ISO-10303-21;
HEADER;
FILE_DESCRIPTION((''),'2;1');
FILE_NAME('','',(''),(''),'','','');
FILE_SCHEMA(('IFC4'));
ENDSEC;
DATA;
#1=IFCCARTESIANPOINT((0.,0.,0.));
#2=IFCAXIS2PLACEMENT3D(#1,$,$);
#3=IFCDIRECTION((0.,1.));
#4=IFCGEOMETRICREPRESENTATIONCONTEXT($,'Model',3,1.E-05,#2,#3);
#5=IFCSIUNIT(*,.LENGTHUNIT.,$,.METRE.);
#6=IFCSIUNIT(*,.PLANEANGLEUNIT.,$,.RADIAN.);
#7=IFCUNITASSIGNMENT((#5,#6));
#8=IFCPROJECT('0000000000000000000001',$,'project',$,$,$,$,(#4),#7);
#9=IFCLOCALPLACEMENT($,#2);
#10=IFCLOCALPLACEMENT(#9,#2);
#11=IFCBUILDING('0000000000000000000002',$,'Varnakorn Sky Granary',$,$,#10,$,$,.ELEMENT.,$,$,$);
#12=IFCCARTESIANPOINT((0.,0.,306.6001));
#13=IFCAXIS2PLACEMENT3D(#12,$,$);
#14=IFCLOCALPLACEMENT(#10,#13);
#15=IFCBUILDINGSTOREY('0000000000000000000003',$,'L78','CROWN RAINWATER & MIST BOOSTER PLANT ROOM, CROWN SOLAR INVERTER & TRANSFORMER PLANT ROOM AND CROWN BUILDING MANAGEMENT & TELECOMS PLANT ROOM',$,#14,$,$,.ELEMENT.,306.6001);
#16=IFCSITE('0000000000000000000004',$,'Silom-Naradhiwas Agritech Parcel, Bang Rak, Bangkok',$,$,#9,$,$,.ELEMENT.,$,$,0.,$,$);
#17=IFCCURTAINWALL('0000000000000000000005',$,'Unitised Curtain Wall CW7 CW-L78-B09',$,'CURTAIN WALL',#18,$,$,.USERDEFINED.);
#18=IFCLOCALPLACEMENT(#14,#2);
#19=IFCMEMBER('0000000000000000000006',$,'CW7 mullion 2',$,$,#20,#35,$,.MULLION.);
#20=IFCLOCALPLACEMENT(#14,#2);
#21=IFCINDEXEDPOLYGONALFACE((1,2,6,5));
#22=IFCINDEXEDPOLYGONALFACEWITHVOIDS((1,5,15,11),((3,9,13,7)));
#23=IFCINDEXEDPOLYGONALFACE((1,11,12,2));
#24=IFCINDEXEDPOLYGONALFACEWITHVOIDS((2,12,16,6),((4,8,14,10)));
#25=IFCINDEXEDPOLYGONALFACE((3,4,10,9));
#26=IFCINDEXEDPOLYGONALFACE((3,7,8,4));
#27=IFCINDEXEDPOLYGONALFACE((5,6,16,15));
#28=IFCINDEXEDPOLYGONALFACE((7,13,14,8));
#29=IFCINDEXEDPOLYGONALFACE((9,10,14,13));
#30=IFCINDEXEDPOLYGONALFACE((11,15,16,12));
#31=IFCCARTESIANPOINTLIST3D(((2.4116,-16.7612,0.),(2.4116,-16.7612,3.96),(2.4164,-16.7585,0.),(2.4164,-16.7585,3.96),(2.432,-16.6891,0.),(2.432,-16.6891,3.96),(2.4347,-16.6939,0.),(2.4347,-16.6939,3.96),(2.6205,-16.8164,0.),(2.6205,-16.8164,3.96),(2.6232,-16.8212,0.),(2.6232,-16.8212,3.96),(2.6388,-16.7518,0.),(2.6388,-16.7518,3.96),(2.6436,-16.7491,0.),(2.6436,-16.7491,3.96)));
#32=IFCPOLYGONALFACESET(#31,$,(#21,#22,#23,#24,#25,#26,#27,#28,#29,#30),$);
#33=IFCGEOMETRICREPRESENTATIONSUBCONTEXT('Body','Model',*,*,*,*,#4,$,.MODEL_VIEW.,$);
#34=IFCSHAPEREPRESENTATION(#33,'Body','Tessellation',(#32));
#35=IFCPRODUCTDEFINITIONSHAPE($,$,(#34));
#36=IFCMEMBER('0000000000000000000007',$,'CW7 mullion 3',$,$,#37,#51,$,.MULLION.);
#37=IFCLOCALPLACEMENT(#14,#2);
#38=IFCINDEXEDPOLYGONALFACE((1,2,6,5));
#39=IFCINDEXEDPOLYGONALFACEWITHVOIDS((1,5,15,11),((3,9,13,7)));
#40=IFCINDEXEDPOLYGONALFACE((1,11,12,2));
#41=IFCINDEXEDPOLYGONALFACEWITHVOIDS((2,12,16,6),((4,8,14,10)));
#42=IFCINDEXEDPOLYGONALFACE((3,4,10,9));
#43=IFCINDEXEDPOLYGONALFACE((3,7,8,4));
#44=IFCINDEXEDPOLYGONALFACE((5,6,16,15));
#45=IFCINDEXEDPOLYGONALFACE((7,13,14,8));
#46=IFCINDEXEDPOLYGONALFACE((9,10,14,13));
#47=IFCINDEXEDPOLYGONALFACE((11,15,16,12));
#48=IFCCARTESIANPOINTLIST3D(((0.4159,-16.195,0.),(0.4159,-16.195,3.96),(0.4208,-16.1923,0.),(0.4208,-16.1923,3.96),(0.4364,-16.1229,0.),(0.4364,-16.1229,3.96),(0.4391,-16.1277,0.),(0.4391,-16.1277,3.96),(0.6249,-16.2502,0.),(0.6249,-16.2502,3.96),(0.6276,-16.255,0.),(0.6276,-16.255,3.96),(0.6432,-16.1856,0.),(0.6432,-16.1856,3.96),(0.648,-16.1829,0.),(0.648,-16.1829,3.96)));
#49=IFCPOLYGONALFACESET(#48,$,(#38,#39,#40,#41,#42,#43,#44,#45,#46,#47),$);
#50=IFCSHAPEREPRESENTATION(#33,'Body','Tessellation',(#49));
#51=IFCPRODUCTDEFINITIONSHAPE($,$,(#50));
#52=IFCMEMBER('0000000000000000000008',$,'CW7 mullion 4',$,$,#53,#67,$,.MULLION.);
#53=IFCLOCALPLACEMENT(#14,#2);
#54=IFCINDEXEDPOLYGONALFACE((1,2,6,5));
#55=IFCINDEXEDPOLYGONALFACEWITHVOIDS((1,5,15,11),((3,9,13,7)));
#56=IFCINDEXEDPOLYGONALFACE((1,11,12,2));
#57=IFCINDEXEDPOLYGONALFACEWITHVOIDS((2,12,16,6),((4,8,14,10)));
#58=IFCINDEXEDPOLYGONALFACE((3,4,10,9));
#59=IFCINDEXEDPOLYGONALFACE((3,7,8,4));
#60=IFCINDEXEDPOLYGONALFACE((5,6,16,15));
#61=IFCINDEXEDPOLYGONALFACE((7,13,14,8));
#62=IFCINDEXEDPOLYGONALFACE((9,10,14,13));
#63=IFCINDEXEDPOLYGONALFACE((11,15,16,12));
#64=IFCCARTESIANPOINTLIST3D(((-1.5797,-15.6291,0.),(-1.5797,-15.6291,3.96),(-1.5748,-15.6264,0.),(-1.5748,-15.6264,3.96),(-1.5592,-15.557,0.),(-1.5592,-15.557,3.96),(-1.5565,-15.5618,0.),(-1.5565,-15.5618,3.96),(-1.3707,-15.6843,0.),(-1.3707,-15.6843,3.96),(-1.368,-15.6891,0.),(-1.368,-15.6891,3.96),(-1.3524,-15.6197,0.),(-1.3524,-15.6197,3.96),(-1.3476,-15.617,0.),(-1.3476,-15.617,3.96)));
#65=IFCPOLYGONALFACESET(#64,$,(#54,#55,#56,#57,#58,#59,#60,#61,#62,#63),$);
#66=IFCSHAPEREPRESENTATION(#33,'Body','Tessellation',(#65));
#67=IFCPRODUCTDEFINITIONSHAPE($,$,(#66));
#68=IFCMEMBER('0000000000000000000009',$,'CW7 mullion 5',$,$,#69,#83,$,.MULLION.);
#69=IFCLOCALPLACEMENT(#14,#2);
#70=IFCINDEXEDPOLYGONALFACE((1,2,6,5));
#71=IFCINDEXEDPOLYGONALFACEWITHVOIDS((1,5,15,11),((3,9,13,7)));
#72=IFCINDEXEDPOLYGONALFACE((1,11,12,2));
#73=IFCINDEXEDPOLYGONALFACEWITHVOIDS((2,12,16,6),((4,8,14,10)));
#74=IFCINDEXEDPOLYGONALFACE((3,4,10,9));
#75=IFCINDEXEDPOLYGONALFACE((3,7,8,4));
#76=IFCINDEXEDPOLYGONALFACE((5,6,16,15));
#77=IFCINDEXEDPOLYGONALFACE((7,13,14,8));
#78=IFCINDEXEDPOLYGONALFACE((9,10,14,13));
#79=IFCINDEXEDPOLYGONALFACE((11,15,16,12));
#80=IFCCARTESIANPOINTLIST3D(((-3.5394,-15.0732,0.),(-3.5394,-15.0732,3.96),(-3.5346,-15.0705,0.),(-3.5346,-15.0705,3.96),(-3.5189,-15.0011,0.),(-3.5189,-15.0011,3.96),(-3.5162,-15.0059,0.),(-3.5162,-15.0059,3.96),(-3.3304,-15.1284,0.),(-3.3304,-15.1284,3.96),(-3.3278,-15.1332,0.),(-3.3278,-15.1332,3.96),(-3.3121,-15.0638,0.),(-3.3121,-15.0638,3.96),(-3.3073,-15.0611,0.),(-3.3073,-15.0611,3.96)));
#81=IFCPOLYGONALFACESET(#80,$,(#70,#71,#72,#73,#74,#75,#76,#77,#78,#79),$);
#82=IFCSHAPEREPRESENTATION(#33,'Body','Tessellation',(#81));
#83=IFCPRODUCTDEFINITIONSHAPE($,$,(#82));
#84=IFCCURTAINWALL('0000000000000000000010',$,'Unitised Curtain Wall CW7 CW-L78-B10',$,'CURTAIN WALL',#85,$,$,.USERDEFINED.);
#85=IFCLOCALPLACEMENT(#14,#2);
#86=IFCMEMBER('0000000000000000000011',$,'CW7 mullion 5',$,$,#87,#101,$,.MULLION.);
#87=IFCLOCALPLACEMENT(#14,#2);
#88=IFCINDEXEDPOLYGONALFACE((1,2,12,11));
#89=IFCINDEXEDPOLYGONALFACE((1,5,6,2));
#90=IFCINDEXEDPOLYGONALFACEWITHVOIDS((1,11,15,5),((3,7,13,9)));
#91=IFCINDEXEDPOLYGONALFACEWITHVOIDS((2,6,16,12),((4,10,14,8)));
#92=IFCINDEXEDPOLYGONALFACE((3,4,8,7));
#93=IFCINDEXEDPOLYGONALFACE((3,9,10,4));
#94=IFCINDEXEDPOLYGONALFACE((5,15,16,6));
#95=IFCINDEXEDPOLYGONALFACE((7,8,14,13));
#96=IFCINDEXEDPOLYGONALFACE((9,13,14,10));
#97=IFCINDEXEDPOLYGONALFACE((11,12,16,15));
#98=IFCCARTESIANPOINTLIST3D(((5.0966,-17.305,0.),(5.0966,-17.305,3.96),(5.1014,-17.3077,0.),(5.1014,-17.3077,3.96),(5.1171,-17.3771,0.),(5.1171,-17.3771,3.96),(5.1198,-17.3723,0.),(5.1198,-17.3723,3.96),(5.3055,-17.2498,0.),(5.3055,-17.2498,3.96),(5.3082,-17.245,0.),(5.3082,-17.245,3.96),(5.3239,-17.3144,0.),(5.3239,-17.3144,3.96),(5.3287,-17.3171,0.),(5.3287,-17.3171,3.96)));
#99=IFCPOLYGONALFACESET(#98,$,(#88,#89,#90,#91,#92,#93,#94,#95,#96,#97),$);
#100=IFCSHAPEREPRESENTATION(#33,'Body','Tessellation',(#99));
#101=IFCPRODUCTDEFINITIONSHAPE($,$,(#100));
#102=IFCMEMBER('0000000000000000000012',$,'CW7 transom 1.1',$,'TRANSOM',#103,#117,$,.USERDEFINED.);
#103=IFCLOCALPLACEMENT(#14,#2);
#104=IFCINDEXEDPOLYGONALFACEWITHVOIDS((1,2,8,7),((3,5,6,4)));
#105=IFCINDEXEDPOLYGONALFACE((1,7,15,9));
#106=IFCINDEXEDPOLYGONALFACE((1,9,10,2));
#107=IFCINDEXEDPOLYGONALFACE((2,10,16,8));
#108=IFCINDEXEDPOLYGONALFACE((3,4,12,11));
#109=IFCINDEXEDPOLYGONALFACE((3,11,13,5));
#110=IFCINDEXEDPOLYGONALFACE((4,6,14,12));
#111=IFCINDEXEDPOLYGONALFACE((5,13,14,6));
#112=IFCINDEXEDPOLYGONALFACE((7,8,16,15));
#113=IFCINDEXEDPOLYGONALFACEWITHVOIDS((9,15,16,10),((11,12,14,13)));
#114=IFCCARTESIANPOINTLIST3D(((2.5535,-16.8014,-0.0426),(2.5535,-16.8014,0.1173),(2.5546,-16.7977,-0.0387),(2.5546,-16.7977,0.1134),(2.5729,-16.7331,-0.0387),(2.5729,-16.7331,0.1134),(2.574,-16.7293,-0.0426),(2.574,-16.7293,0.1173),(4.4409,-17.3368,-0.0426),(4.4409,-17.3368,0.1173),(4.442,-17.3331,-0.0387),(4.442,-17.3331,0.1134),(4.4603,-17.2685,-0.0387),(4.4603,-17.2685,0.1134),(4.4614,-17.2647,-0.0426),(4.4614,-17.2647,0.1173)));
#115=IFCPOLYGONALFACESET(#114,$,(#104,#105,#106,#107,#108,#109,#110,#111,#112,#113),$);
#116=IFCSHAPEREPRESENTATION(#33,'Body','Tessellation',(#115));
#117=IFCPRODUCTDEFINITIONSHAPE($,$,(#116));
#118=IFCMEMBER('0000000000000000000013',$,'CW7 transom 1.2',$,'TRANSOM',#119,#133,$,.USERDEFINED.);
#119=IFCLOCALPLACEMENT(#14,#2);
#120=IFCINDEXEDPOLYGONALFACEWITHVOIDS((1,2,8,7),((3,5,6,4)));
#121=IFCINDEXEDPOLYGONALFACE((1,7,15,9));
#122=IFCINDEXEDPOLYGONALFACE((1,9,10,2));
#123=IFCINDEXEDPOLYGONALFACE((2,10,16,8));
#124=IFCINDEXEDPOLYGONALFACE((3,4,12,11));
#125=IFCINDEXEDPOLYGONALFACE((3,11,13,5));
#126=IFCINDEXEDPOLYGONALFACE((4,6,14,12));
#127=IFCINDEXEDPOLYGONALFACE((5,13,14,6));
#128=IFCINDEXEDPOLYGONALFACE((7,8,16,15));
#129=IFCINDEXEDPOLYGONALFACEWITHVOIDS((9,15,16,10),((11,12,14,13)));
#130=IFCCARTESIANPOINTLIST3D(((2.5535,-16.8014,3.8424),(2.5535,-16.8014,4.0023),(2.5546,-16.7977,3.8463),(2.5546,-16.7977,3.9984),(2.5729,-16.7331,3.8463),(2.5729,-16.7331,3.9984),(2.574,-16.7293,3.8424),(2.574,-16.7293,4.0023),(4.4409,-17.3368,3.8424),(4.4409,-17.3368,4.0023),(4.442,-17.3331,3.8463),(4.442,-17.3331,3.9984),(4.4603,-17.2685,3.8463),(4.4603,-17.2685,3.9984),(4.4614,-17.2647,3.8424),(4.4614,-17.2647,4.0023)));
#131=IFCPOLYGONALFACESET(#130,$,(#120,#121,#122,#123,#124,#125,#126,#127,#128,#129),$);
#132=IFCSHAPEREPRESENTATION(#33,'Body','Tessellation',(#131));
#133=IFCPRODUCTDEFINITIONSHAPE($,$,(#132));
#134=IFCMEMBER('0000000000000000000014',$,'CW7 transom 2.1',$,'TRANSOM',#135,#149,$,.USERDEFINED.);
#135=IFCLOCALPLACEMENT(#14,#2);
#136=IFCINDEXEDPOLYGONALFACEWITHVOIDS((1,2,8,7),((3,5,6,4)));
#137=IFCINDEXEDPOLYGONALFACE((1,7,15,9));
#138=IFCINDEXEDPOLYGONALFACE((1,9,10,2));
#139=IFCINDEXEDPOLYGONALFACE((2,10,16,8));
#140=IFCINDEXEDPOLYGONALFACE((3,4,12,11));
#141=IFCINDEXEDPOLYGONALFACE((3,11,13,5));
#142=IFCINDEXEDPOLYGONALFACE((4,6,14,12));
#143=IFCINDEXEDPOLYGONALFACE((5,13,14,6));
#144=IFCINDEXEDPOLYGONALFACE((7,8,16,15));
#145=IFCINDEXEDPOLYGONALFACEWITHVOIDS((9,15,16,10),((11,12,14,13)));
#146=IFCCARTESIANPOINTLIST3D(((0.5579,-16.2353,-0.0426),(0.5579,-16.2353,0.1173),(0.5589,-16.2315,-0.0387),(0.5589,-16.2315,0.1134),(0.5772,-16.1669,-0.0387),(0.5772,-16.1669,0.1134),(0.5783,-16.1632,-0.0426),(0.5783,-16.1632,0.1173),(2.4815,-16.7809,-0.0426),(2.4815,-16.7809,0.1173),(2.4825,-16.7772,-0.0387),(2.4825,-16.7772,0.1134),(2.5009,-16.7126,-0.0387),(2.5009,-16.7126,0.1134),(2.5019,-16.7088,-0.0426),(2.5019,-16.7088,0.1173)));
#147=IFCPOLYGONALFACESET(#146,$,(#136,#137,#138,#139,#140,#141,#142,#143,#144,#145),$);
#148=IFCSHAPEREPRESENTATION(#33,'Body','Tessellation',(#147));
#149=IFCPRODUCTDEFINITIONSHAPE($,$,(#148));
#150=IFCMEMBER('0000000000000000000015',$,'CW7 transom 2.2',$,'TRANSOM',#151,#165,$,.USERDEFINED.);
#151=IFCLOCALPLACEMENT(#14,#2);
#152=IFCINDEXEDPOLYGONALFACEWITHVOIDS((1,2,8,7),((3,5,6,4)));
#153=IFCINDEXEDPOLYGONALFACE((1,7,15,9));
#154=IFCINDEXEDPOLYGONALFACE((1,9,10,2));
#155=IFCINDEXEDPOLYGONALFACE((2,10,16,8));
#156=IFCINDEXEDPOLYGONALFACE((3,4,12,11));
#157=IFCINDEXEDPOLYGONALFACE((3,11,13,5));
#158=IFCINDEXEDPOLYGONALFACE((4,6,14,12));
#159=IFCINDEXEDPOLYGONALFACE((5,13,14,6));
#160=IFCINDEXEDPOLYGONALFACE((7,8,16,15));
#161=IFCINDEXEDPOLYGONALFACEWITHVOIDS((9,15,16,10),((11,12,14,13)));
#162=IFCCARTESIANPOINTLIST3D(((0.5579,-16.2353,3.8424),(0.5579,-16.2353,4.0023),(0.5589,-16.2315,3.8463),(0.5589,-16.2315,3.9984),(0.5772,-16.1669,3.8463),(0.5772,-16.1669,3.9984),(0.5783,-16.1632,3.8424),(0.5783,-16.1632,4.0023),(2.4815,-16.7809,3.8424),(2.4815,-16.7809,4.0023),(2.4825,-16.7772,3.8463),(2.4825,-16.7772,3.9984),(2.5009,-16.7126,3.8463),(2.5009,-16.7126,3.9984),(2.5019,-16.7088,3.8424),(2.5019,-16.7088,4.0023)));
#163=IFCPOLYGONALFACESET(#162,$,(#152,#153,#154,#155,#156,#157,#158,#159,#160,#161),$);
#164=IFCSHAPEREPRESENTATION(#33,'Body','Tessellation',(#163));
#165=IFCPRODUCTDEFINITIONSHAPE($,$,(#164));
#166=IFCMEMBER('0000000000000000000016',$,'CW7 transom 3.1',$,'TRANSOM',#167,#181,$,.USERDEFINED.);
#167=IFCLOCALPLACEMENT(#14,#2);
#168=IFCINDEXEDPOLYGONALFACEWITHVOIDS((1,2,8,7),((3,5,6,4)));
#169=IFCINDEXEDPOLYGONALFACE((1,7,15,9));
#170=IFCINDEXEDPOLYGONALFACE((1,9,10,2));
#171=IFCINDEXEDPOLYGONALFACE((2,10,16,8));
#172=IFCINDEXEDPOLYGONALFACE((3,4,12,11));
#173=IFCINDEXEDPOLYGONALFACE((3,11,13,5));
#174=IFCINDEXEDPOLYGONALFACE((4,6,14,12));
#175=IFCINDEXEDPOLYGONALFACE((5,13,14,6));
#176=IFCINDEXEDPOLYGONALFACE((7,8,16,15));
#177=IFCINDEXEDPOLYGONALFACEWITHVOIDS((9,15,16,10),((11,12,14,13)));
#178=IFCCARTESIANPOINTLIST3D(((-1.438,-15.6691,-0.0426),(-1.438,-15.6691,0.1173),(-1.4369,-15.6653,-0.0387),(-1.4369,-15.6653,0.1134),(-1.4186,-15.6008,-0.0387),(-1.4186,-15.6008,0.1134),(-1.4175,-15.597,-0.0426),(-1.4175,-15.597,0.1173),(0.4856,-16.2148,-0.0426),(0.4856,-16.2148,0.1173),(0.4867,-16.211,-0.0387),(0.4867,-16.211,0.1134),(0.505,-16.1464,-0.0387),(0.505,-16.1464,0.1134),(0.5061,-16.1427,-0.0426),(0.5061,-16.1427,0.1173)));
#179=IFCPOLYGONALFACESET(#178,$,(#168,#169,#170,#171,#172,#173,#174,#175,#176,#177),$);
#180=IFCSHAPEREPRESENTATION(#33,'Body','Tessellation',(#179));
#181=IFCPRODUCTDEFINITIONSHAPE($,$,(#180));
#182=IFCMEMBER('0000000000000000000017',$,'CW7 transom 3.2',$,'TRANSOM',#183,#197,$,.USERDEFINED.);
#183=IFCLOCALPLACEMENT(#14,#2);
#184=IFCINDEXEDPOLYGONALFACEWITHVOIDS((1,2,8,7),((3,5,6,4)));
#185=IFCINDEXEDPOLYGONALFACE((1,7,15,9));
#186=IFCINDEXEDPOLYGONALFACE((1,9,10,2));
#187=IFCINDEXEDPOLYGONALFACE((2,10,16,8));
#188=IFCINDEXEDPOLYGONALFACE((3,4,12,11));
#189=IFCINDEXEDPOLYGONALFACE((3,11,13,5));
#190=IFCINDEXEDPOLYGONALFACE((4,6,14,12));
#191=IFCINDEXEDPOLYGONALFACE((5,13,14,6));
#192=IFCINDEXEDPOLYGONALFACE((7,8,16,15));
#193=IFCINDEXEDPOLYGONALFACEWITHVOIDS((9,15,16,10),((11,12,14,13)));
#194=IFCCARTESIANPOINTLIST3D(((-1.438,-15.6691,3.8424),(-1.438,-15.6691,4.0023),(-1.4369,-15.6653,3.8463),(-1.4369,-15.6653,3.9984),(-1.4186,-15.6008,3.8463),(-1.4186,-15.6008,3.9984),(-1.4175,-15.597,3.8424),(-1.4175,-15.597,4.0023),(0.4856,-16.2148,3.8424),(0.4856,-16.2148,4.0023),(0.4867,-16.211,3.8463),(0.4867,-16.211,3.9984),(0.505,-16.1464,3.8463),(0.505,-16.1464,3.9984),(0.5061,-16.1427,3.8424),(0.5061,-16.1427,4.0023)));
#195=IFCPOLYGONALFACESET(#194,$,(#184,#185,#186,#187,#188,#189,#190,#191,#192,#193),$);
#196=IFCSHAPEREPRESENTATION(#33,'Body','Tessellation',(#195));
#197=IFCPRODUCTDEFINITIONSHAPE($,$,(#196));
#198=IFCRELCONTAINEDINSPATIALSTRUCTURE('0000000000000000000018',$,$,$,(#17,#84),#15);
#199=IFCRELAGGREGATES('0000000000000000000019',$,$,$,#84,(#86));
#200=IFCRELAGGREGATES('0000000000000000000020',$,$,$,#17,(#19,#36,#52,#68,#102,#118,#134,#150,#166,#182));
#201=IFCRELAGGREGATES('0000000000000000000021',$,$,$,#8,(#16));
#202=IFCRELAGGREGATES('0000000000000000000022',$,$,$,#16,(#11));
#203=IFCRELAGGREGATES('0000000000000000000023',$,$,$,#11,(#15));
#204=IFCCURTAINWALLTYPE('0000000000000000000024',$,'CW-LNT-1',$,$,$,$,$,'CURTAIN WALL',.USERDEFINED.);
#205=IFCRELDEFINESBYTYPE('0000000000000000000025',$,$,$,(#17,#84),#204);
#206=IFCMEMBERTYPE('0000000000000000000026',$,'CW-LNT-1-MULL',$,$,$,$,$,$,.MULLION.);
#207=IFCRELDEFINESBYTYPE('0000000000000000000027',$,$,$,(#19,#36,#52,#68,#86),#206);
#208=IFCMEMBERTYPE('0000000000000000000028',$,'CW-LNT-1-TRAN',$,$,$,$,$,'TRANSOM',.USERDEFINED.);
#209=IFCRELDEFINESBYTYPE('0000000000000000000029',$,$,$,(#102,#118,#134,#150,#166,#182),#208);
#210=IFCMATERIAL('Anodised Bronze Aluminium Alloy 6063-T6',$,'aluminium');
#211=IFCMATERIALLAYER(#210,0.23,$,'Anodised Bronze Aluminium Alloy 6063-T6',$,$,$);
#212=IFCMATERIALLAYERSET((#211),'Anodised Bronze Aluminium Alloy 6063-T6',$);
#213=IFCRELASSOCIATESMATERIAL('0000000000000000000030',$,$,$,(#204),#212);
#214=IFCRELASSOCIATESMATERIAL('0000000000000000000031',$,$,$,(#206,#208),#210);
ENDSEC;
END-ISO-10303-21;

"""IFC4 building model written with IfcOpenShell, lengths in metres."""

from ifc_helpers import new_model, si_unit, direction, frame, origin, origin_2d, place, context, subcontext, project, spatial, hollow_rectangle, extrude, material, layer, layer_set, material_profile, profile_set, type_object, element, aggregate, save


model = new_model("IFC4")

# Units and contexts
model_context = context("Model", 3, precision=1e-05, world=origin(), true_north=direction((0.0, 1.0)))
body_context = subcontext(model_context, "Body", "Model", "MODEL_VIEW")
ifc_project = project(units=[si_unit("LENGTHUNIT", "METRE"), si_unit("PLANEANGLEUNIT", "RADIAN")], contexts=[model_context])

# Site, building, storey
site_placement = place(None, origin())
site = spatial("IfcSite", under=ifc_project, at=site_placement, Name="Silom-Naradhiwas Agritech Parcel, Bang Rak, Bangkok", CompositionType="ELEMENT", RefElevation=0.0)
building_placement = place(site_placement, origin())
building = spatial("IfcBuilding", under=site, at=building_placement, Name="Varnakorn Sky Granary", CompositionType="ELEMENT")
storey_placement = place(building_placement, frame((0.0, 0.0, 306.6001)))
storey = spatial("IfcBuildingStorey", under=building, at=storey_placement, Name="L78", Description="CROWN RAINWATER & MIST BOOSTER PLANT ROOM, CROWN SOLAR INVERTER & TRANSFORMER PLANT ROOM AND CROWN BUILDING MANAGEMENT & TELECOMS PLANT ROOM", CompositionType="ELEMENT", Elevation=306.6001)

# Curtain wall, members
ifc_material_1 = material(Name="Anodised Bronze Aluminium Alloy 6063-T6", Category="aluminium")
ifc_layer_1 = layer(ifc_material_1, 0.23, Name="Anodised Bronze Aluminium Alloy 6063-T6")
ifc_layer_set_1 = layer_set([ifc_layer_1], Name="Anodised Bronze Aluminium Alloy 6063-T6")
curtain_wall_type = type_object("IfcCurtainWallType", Name="CW-LNT-1", ElementType="CURTAIN WALL", PredefinedType="USERDEFINED", material=ifc_layer_set_1)
curtain_wall_1_placement = place(storey_placement, origin())
curtain_wall_1 = element("IfcCurtainWall", 1, at=curtain_wall_1_placement, inside=storey, type_object=curtain_wall_type, Name="Unitised Curtain Wall CW7 CW-L78-B09", ObjectType="CURTAIN WALL", PredefinedType="USERDEFINED")
ifc_material_profile_1 = material_profile(ifc_material_1, hollow_rectangle(XDim=0.075, YDim=0.22, WallThickness=0.0039, at=origin_2d()), Name="ALU MULL 75x220")
ifc_profile_set_1 = profile_set([ifc_material_profile_1], Name="Anodised Bronze Aluminium Alloy 6063-T6")
member_type_1 = type_object("IfcMemberType", Name="CW-LNT-1-MULL", PredefinedType="MULLION", material=ifc_profile_set_1)
member_1_placement = place(storey_placement, frame((2.5276, -16.7551, 0.0), z_axis=(0.0, 0.0, 1.0), x_axis=(-0.272905, -0.962041, 0.0)))
member_1 = element("IfcMember", 2, at=member_1_placement, type_object=member_type_1, Name="CW7 mullion 2", PredefinedType="MULLION", context=body_context, shape_type="SweptSolid", body=[
    extrude(hollow_rectangle(XDim=0.075, YDim=0.22, WallThickness=0.0039, at=origin_2d()), origin(), (0.0, 0.0, 1.0), 3.96),
])
member_2_placement = place(storey_placement, frame((0.532, -16.189, 0.0), z_axis=(0.0, 0.0, 1.0), x_axis=(-0.272905, -0.962041, 0.0)))
member_2 = element("IfcMember", 3, at=member_2_placement, type_object=member_type_1, Name="CW7 mullion 3", PredefinedType="MULLION", context=body_context, shape_type="SweptSolid", body=[
    extrude(hollow_rectangle(XDim=0.075, YDim=0.22, WallThickness=0.0039, at=origin_2d()), origin(), (0.0, 0.0, 1.0), 3.96),
])
member_3_placement = place(storey_placement, frame((-1.4636, -15.623, 0.0), z_axis=(0.0, 0.0, 1.0), x_axis=(-0.272905, -0.962041, 0.0)))
member_3 = element("IfcMember", 4, at=member_3_placement, type_object=member_type_1, Name="CW7 mullion 4", PredefinedType="MULLION", context=body_context, shape_type="SweptSolid", body=[
    extrude(hollow_rectangle(XDim=0.075, YDim=0.22, WallThickness=0.0039, at=origin_2d()), origin(), (0.0, 0.0, 1.0), 3.96),
])
member_4_placement = place(storey_placement, frame((-3.4233, -15.0671, 0.0), z_axis=(0.0, 0.0, 1.0), x_axis=(-0.272905, -0.962041, 0.0)))
member_4 = element("IfcMember", 5, at=member_4_placement, type_object=member_type_1, Name="CW7 mullion 5", PredefinedType="MULLION", context=body_context, shape_type="SweptSolid", body=[
    extrude(hollow_rectangle(XDim=0.075, YDim=0.22, WallThickness=0.0039, at=origin_2d()), origin(), (0.0, 0.0, 1.0), 3.96),
])

# Curtain wall, member
curtain_wall_2_placement = place(storey_placement, origin())
curtain_wall_2 = element("IfcCurtainWall", 6, at=curtain_wall_2_placement, inside=storey, type_object=curtain_wall_type, Name="Unitised Curtain Wall CW7 CW-L78-B10", ObjectType="CURTAIN WALL", PredefinedType="USERDEFINED")
member_5_placement = place(storey_placement, frame((5.2126, -17.311, 0.0), z_axis=(0.0, 0.0, 1.0), x_axis=(0.272905, -0.962041, 0.0)))
member_5 = element("IfcMember", 7, at=member_5_placement, type_object=member_type_1, Name="CW7 mullion 5", PredefinedType="MULLION", context=body_context, shape_type="SweptSolid", body=[
    extrude(hollow_rectangle(XDim=0.075, YDim=0.22, WallThickness=0.0039, at=origin_2d()), origin(), (0.0, 0.0, 1.0), 3.96),
])
aggregate(curtain_wall_2, [member_5])

# Members
ifc_material_profile_2 = material_profile(ifc_material_1, hollow_rectangle(XDim=0.075, YDim=0.1599, WallThickness=0.0039, at=origin_2d()), Name="ALU TRAN 75x160")
ifc_profile_set_2 = profile_set([ifc_material_profile_2], Name="Anodised Bronze Aluminium Alloy 6063-T6")
member_type_2 = type_object("IfcMemberType", Name="CW-LNT-1-TRAN", ElementType="TRANSOM", PredefinedType="USERDEFINED", material=ifc_profile_set_2)
member_6_placement = place(storey_placement, frame((4.4512, -17.3008, 0.0374), z_axis=(-0.962043, 0.272896, 0.0), x_axis=(-0.272896, -0.962043, 0.0)))
member_6 = element("IfcMember", 8, at=member_6_placement, type_object=member_type_2, Name="CW7 transom 1.1", ObjectType="TRANSOM", PredefinedType="USERDEFINED", context=body_context, shape_type="SweptSolid", body=[
    extrude(hollow_rectangle(XDim=0.075, YDim=0.1599, WallThickness=0.0039, at=origin_2d()), origin(), (0.0, 0.0, 1.0), 1.9619),
])
member_7_placement = place(storey_placement, frame((4.4512, -17.3008, 3.9224), z_axis=(-0.962043, 0.272896, 0.0), x_axis=(-0.272896, -0.962043, 0.0)))
member_7 = element("IfcMember", 9, at=member_7_placement, type_object=member_type_2, Name="CW7 transom 1.2", ObjectType="TRANSOM", PredefinedType="USERDEFINED", context=body_context, shape_type="SweptSolid", body=[
    extrude(hollow_rectangle(XDim=0.075, YDim=0.1599, WallThickness=0.0039, at=origin_2d()), origin(), (0.0, 0.0, 1.0), 1.9619),
])
member_8_placement = place(storey_placement, frame((2.4917, -16.7449, 0.0374), z_axis=(-0.962043, 0.272898, 0.0), x_axis=(-0.272898, -0.962043, 0.0)))
member_8 = element("IfcMember", 10, at=member_8_placement, type_object=member_type_2, Name="CW7 transom 2.1", ObjectType="TRANSOM", PredefinedType="USERDEFINED", context=body_context, shape_type="SweptSolid", body=[
    extrude(hollow_rectangle(XDim=0.075, YDim=0.1599, WallThickness=0.0039, at=origin_2d()), origin(), (0.0, 0.0, 1.0), 1.9995),
])
member_9_placement = place(storey_placement, frame((2.4917, -16.7449, 3.9224), z_axis=(-0.962043, 0.272898, 0.0), x_axis=(-0.272898, -0.962043, 0.0)))
member_9 = element("IfcMember", 11, at=member_9_placement, type_object=member_type_2, Name="CW7 transom 2.2", ObjectType="TRANSOM", PredefinedType="USERDEFINED", context=body_context, shape_type="SweptSolid", body=[
    extrude(hollow_rectangle(XDim=0.075, YDim=0.1599, WallThickness=0.0039, at=origin_2d()), origin(), (0.0, 0.0, 1.0), 1.9995),
])
member_10_placement = place(storey_placement, frame((0.4958, -16.1787, 0.0374), z_axis=(-0.962043, 0.272898, 0.0), x_axis=(-0.272898, -0.962043, 0.0)))
member_10 = element("IfcMember", 12, at=member_10_placement, type_object=member_type_2, Name="CW7 transom 3.1", ObjectType="TRANSOM", PredefinedType="USERDEFINED", context=body_context, shape_type="SweptSolid", body=[
    extrude(hollow_rectangle(XDim=0.075, YDim=0.1599, WallThickness=0.0039, at=origin_2d()), origin(), (0.0, 0.0, 1.0), 1.9995),
])
member_11_placement = place(storey_placement, frame((0.4958, -16.1787, 3.9224), z_axis=(-0.962043, 0.272898, 0.0), x_axis=(-0.272898, -0.962043, 0.0)))
member_11 = element("IfcMember", 13, at=member_11_placement, type_object=member_type_2, Name="CW7 transom 3.2", ObjectType="TRANSOM", PredefinedType="USERDEFINED", context=body_context, shape_type="SweptSolid", body=[
    extrude(hollow_rectangle(XDim=0.075, YDim=0.1599, WallThickness=0.0039, at=origin_2d()), origin(), (0.0, 0.0, 1.0), 1.9995),
])

aggregate(curtain_wall_1, [member_1, member_2, member_3, member_4, member_6, member_7, member_8, member_9, member_10, member_11])

save(model, "model.ifc")
